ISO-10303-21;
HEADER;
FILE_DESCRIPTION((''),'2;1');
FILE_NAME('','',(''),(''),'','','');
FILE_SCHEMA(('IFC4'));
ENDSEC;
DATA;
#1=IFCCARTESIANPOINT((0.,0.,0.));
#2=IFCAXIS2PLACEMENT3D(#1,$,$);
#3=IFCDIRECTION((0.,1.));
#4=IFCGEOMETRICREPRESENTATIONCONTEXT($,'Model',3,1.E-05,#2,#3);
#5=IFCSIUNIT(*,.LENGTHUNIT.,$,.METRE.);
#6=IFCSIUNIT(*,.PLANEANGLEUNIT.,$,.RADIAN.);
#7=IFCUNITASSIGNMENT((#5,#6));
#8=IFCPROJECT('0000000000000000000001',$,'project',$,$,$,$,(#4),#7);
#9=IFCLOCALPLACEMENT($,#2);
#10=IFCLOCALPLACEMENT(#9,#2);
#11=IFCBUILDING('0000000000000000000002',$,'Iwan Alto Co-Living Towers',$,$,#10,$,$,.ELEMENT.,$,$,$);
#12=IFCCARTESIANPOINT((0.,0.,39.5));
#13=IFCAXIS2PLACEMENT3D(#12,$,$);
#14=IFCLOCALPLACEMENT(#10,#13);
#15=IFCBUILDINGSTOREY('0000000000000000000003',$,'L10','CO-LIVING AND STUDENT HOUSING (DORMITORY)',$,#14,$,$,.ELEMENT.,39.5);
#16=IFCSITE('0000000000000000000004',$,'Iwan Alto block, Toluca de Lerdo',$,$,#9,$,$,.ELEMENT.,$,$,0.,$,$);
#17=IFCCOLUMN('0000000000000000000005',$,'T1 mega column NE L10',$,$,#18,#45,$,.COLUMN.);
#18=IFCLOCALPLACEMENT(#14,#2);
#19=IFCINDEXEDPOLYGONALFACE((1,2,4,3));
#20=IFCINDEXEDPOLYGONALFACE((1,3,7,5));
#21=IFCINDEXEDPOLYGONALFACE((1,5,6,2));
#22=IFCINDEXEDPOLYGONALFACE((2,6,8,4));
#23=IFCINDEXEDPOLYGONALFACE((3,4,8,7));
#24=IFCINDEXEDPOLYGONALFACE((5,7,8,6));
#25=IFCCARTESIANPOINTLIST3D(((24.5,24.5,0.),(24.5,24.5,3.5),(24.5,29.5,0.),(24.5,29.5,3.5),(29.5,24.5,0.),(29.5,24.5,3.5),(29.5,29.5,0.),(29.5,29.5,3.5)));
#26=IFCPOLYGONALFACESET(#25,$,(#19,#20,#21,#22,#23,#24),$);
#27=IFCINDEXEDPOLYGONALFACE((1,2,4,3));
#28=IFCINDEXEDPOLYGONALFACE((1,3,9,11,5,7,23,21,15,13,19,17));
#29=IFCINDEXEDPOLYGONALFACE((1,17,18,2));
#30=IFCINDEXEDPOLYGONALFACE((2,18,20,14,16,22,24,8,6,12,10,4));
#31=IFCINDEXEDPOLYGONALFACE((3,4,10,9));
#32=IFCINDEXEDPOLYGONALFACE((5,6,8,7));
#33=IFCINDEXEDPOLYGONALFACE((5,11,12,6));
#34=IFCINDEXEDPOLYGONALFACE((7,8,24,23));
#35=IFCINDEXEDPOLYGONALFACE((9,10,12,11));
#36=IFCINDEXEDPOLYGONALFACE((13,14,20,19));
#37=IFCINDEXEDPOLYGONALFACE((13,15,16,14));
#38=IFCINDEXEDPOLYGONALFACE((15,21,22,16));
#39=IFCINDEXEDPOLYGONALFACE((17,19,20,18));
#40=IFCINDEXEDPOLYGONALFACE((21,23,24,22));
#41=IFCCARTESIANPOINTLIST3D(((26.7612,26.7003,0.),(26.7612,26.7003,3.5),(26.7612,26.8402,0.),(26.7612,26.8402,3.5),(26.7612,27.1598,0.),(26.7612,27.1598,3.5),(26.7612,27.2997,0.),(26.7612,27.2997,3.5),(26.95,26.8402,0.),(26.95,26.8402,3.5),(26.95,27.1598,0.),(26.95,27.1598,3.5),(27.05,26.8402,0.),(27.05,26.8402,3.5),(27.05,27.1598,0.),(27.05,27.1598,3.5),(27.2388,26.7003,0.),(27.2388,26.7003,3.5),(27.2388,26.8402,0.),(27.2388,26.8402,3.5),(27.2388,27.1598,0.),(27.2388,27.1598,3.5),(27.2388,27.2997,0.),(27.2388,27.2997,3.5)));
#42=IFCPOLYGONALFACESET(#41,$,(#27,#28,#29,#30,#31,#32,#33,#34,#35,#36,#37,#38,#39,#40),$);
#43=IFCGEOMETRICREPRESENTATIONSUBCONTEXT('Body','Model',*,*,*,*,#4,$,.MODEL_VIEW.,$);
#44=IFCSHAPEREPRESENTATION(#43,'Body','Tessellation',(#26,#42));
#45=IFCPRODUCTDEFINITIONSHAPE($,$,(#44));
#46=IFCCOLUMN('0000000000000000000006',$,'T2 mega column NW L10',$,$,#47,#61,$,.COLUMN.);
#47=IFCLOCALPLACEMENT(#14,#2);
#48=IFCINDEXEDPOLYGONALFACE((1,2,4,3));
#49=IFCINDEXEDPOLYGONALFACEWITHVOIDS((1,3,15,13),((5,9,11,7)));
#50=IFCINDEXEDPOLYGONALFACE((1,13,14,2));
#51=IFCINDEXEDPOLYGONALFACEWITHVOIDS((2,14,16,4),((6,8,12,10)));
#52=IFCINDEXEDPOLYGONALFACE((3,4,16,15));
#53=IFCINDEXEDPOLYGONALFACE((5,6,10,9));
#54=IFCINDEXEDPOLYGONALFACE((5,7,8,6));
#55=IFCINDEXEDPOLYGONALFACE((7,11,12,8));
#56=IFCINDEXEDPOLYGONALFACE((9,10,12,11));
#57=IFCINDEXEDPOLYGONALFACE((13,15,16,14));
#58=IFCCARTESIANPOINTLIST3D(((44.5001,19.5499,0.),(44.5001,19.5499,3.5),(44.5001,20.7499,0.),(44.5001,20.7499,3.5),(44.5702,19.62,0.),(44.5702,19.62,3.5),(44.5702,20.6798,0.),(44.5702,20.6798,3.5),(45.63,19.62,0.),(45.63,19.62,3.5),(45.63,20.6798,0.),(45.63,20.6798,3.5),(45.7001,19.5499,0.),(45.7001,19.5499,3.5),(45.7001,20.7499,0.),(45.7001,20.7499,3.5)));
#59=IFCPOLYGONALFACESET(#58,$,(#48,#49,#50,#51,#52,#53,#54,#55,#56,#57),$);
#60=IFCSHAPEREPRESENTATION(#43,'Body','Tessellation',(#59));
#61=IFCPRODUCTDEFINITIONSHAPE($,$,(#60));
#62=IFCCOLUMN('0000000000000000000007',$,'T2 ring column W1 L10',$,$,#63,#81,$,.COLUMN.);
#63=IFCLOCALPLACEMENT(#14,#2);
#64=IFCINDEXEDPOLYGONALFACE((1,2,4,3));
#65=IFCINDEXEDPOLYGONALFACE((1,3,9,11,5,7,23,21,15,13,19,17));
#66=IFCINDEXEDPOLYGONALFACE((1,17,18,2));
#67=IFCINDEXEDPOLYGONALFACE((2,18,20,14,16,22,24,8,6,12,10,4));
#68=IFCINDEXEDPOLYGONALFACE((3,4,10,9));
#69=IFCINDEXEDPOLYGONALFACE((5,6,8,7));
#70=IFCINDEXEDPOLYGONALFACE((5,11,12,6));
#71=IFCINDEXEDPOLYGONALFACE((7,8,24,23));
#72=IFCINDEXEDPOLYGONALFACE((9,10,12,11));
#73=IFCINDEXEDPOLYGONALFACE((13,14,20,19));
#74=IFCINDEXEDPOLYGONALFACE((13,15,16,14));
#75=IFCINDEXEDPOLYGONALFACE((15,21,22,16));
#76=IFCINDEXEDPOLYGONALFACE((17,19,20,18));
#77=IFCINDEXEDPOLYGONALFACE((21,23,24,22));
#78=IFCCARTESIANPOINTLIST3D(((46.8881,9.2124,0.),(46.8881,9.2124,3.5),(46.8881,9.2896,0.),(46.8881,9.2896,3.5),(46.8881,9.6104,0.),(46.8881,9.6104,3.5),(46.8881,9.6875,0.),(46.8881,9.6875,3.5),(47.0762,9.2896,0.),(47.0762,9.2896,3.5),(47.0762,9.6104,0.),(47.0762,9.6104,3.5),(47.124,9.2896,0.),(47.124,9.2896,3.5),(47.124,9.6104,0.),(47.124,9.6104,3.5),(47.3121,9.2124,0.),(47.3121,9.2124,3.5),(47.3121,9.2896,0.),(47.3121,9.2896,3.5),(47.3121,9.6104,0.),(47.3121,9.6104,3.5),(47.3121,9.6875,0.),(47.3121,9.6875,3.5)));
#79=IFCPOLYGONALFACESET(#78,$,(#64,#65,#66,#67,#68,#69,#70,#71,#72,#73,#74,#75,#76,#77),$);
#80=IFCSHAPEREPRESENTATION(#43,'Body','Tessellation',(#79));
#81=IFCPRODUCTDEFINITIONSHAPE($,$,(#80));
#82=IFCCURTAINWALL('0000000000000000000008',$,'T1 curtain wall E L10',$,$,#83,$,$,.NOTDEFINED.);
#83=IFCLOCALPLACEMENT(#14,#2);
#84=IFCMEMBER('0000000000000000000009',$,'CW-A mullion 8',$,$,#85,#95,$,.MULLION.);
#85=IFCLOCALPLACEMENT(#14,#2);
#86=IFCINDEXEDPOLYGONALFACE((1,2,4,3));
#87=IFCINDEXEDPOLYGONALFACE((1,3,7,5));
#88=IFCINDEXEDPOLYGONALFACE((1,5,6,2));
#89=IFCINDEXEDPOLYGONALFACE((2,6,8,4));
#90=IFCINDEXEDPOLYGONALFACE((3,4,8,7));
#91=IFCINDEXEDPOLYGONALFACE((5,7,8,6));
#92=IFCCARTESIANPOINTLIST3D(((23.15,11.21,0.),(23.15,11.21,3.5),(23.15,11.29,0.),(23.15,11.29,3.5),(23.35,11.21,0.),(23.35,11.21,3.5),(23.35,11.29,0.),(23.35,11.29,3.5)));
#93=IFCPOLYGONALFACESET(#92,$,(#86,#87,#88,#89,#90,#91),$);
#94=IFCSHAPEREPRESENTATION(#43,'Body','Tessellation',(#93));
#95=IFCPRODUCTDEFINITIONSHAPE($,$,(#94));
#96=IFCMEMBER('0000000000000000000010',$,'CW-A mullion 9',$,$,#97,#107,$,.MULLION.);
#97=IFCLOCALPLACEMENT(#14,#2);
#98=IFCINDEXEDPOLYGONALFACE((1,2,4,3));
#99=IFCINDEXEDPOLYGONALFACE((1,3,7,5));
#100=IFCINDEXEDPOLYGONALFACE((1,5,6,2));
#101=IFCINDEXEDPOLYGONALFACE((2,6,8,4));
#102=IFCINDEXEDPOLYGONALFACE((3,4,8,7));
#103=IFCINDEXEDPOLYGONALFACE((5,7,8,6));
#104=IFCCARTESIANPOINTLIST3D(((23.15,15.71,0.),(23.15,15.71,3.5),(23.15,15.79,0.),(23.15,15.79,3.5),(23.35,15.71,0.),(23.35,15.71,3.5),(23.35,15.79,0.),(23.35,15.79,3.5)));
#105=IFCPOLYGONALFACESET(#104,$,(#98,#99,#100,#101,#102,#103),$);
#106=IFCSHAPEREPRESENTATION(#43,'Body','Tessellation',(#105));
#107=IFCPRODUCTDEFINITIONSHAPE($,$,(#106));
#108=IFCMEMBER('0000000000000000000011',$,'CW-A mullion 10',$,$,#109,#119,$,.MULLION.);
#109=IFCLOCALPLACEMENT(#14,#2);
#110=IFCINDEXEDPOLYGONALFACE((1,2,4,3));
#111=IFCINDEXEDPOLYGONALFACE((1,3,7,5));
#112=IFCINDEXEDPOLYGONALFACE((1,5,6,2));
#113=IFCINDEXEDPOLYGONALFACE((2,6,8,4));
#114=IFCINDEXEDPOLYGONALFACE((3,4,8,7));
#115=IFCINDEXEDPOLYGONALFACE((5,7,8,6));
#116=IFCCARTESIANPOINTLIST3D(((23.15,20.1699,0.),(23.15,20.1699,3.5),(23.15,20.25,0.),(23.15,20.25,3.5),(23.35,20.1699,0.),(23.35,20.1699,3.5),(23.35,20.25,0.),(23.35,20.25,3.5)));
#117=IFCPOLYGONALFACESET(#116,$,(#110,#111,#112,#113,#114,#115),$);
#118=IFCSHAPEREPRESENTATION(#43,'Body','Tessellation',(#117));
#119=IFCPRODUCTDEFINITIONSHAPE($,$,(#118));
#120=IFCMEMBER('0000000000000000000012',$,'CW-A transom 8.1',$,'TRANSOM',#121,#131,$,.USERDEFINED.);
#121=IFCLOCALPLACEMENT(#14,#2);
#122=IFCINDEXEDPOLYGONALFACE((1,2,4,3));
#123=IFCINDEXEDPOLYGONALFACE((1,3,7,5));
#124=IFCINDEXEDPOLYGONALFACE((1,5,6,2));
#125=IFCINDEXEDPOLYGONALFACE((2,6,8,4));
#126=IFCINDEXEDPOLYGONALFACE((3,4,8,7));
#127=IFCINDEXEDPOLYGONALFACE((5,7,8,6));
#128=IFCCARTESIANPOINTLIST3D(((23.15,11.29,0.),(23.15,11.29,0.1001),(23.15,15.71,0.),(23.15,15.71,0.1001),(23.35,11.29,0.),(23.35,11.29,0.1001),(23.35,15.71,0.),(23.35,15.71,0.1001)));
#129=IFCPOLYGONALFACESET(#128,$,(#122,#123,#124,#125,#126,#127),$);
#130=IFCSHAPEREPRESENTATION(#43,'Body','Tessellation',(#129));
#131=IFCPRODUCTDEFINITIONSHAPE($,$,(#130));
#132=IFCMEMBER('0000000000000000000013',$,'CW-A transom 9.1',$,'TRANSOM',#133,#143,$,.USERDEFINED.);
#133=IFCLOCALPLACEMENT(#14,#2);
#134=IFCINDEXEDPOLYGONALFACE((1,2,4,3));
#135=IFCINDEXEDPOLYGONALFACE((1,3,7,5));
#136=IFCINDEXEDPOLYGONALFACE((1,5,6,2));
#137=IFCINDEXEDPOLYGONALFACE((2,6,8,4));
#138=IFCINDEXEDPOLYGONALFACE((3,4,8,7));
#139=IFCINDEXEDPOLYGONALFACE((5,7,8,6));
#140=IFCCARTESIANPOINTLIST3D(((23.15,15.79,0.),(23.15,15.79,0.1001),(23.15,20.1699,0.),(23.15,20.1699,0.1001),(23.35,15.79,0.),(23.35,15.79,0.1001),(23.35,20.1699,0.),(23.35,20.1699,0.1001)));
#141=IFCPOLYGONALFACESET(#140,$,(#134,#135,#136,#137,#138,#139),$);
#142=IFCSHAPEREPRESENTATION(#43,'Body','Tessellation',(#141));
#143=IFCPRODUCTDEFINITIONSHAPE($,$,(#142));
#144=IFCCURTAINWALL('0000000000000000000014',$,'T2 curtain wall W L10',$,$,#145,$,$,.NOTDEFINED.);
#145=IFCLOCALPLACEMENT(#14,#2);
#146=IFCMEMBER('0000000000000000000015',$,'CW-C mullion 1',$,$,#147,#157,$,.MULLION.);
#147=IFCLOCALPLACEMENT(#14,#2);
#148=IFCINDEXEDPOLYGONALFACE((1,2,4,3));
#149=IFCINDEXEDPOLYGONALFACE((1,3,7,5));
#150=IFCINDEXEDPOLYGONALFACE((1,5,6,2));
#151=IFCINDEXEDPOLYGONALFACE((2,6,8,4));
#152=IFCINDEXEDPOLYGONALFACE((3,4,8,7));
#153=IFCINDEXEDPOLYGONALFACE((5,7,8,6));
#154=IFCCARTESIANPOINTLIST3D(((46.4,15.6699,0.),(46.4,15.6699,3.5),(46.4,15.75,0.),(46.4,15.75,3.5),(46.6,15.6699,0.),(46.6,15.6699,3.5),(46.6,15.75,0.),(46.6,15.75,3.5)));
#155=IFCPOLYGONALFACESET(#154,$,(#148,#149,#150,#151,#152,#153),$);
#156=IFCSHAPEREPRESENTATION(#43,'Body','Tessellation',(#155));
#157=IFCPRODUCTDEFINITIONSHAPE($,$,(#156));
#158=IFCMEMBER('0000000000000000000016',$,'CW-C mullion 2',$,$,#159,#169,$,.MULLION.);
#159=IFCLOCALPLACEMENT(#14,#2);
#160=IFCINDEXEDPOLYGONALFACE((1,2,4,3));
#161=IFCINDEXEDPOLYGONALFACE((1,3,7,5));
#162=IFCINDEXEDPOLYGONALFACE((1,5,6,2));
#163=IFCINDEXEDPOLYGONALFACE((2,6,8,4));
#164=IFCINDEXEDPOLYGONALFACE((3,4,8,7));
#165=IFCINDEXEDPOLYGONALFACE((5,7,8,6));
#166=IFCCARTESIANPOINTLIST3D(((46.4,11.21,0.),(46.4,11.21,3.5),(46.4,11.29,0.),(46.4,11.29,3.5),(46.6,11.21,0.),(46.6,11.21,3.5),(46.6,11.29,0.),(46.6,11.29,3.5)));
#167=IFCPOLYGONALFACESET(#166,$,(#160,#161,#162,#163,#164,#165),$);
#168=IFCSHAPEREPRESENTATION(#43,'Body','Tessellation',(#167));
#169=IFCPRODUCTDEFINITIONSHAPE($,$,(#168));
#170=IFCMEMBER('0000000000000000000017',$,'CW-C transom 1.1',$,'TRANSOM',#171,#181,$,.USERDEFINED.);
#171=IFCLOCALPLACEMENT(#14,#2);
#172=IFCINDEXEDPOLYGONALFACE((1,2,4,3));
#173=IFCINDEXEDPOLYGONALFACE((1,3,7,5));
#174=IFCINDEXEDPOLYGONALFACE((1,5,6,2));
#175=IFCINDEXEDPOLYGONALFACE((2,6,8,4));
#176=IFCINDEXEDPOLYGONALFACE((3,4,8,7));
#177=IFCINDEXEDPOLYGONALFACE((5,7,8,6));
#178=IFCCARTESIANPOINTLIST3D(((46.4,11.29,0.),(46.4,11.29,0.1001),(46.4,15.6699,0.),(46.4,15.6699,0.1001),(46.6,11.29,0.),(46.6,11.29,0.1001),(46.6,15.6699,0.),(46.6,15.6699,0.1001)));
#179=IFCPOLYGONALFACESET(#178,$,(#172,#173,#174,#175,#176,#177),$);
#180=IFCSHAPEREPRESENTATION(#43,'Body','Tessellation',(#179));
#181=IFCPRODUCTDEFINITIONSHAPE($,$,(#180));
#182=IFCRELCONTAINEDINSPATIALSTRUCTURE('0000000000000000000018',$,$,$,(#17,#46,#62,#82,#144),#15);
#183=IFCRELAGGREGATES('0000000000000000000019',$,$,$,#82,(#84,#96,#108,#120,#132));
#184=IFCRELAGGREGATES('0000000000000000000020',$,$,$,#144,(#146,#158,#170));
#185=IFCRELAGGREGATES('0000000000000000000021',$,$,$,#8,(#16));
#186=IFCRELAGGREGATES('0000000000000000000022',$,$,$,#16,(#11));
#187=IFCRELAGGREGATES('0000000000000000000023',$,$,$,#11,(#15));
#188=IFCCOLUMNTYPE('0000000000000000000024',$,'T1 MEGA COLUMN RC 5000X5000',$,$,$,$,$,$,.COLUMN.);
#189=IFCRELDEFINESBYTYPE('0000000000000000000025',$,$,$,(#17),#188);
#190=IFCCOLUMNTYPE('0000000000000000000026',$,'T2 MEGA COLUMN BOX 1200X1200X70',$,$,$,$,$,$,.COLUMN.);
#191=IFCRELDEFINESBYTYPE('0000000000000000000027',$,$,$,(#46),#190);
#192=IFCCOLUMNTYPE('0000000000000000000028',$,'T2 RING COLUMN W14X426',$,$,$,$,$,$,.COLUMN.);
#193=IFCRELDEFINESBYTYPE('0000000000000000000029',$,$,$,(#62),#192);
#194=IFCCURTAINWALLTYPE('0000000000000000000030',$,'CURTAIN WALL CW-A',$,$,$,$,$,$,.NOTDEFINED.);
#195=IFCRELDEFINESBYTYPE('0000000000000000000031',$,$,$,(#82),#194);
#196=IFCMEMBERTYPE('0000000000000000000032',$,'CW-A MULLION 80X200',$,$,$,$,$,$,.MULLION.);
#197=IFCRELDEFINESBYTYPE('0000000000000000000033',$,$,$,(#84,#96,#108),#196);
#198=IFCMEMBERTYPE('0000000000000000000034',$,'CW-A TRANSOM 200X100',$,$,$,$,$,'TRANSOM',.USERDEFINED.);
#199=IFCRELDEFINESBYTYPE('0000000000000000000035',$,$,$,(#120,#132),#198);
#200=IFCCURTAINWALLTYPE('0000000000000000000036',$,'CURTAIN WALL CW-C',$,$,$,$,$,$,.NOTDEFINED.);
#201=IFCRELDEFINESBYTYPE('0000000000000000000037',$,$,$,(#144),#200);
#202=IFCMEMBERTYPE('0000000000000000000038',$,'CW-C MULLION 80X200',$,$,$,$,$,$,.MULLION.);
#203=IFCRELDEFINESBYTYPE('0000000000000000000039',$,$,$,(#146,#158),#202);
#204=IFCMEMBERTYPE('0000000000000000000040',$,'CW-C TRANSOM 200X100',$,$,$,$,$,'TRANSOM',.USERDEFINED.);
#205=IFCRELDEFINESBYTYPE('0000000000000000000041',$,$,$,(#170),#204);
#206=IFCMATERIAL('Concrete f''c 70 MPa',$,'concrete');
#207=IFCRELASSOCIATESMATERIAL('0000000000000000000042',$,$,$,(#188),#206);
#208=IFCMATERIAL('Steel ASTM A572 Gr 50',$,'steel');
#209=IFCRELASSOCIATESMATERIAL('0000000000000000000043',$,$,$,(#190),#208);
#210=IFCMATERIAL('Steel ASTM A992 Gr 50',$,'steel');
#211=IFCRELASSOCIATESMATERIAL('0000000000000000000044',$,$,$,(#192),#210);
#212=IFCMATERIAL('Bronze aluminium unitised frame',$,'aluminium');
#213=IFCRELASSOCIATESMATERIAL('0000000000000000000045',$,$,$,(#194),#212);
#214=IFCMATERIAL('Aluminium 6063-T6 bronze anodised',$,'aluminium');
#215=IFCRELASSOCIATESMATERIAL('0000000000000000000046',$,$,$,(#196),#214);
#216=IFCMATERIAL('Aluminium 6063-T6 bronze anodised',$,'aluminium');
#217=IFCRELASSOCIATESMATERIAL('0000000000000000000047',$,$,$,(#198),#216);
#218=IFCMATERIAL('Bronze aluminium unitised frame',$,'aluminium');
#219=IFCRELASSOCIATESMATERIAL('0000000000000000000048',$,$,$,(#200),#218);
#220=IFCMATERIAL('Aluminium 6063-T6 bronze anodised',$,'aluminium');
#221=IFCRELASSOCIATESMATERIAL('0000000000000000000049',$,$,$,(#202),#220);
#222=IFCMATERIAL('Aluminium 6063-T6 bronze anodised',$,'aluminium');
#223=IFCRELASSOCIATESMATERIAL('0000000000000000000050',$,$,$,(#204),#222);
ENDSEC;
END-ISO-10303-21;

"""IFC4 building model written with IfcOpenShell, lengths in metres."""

from ifc_helpers import new_model, si_unit, direction, frame, origin, origin_2d, place, context, subcontext, project, spatial, rectangle, hollow_rectangle, i_section, extrude, material, material_profile, profile_set, type_object, element, aggregate, save


model = new_model("IFC4")

# Units and contexts
model_context = context("Model", 3, precision=1e-05, world=origin(), true_north=direction((0.0, 1.0)))
body_context = subcontext(model_context, "Body", "Model", "MODEL_VIEW")
ifc_project = project(units=[si_unit("LENGTHUNIT", "METRE"), si_unit("PLANEANGLEUNIT", "RADIAN")], contexts=[model_context])

# Site, building, storey
site_placement = place(None, origin())
site = spatial("IfcSite", under=ifc_project, at=site_placement, Name="Iwan Alto block, Toluca de Lerdo", CompositionType="ELEMENT", RefElevation=0.0)
building_placement = place(site_placement, origin())
building = spatial("IfcBuilding", under=site, at=building_placement, Name="Iwan Alto Co-Living Towers", CompositionType="ELEMENT")
storey_placement = place(building_placement, frame((0.0, 0.0, 39.5)))
storey = spatial("IfcBuildingStorey", under=building, at=storey_placement, Name="L10", Description="CO-LIVING AND STUDENT HOUSING (DORMITORY)", CompositionType="ELEMENT", Elevation=39.5)

# Columns
ifc_material_1 = material(Name="Concrete f'c 70 MPa", Category="concrete")
ifc_material_profile_1 = material_profile(ifc_material_1, rectangle(XDim=5.0, YDim=5.0, at=origin_2d()), Name="RC 5000X5000")
ifc_profile_set_1 = profile_set([ifc_material_profile_1], Name="Concrete f'c 70 MPa")
column_type_1 = type_object("IfcColumnType", Name="T1 MEGA COLUMN RC 5000X5000", PredefinedType="COLUMN", material=ifc_profile_set_1)
column_1_placement = place(storey_placement, frame((27.0, 27.0, 0.0), z_axis=(0.0, 0.0, 1.0), x_axis=(1.0, 0.0, 0.0)))
element("IfcColumn", 1, at=column_1_placement, inside=storey, type_object=column_type_1, Name="T1 mega column NE L10", PredefinedType="COLUMN", context=body_context, shape_type="SweptSolid", body=[
    extrude(rectangle(XDim=5.0, YDim=5.0, at=origin_2d()), origin(), (0.0, 0.0, 1.0), 3.5),
    extrude(i_section(OverallWidth=0.4775, OverallDepth=0.5994, WebThickness=0.1001, FlangeThickness=0.1399, at=origin_2d()), origin(), (0.0, 0.0, 1.0), 3.5),
])
ifc_material_2 = material(Name="Steel ASTM A572 Gr 50", Category="steel")
ifc_material_profile_2 = material_profile(ifc_material_2, hollow_rectangle(XDim=1.2, YDim=1.2, WallThickness=0.0701, at=origin_2d()), Name="BOX 1200X1200X70")
ifc_profile_set_2 = profile_set([ifc_material_profile_2], Name="Steel ASTM A572 Gr 50")
column_type_2 = type_object("IfcColumnType", Name="T2 MEGA COLUMN BOX 1200X1200X70", PredefinedType="COLUMN", material=ifc_profile_set_2)
column_2_placement = place(storey_placement, frame((45.1001, 20.1499, 0.0), z_axis=(0.0, 0.0, 1.0), x_axis=(1.0, 0.0, 0.0)))
element("IfcColumn", 2, at=column_2_placement, inside=storey, type_object=column_type_2, Name="T2 mega column NW L10", PredefinedType="COLUMN", context=body_context, shape_type="SweptSolid", body=[
    extrude(hollow_rectangle(XDim=1.2, YDim=1.2, WallThickness=0.0701, at=origin_2d()), origin(), (0.0, 0.0, 1.0), 3.5),
])
ifc_material_3 = material(Name="Steel ASTM A992 Gr 50", Category="steel")
ifc_material_profile_3 = material_profile(ifc_material_3, i_section(OverallWidth=0.4241, OverallDepth=0.4751, WebThickness=0.0479, FlangeThickness=0.0771, at=origin_2d()), Name="W14X426")
ifc_profile_set_3 = profile_set([ifc_material_profile_3], Name="Steel ASTM A992 Gr 50")
column_type_3 = type_object("IfcColumnType", Name="T2 RING COLUMN W14X426", PredefinedType="COLUMN", material=ifc_profile_set_3)
column_3_placement = place(storey_placement, frame((47.1001, 9.45, 0.0), z_axis=(0.0, 0.0, 1.0), x_axis=(1.0, 0.0, 0.0)))
element("IfcColumn", 3, at=column_3_placement, inside=storey, type_object=column_type_3, Name="T2 ring column W1 L10", PredefinedType="COLUMN", context=body_context, shape_type="SweptSolid", body=[
    extrude(i_section(OverallWidth=0.4241, OverallDepth=0.4751, WebThickness=0.0479, FlangeThickness=0.0771, at=origin_2d()), origin(), (0.0, 0.0, 1.0), 3.5),
])

# Curtain walls, members
ifc_material_4 = material(Name="Bronze aluminium unitised frame", Category="aluminium")
curtain_wall_type_1 = type_object("IfcCurtainWallType", Name="CURTAIN WALL CW-A", PredefinedType="NOTDEFINED", material=ifc_material_4)
curtain_wall_1_placement = place(storey_placement, origin())
curtain_wall_1 = element("IfcCurtainWall", 4, at=curtain_wall_1_placement, inside=storey, type_object=curtain_wall_type_1, Name="T1 curtain wall E L10", PredefinedType="NOTDEFINED")
ifc_material_5 = material(Name="Aluminium 6063-T6 bronze anodised", Category="aluminium")
ifc_material_profile_4 = material_profile(ifc_material_5, rectangle(XDim=0.2, YDim=0.0801, at=origin_2d()), Name="AL 80X200")
ifc_profile_set_4 = profile_set([ifc_material_profile_4], Name="Aluminium 6063-T6 bronze anodised")
member_type_1 = type_object("IfcMemberType", Name="CW-A MULLION 80X200", PredefinedType="MULLION", material=ifc_profile_set_4)
member_1_placement = place(storey_placement, frame((23.25, 11.25, 0.0), z_axis=(0.0, 0.0, 1.0), x_axis=(-1.0, 0.0, 0.0)))
member_1 = element("IfcMember", 5, at=member_1_placement, type_object=member_type_1, Name="CW-A mullion 8", PredefinedType="MULLION", context=body_context, shape_type="SweptSolid", body=[
    extrude(rectangle(XDim=0.2, YDim=0.0801, at=origin_2d()), origin(), (0.0, 0.0, 1.0), 3.5),
])
member_2_placement = place(storey_placement, frame((23.25, 15.75, 0.0), z_axis=(0.0, 0.0, 1.0), x_axis=(-1.0, 0.0, 0.0)))
member_2 = element("IfcMember", 6, at=member_2_placement, type_object=member_type_1, Name="CW-A mullion 9", PredefinedType="MULLION", context=body_context, shape_type="SweptSolid", body=[
    extrude(rectangle(XDim=0.2, YDim=0.0801, at=origin_2d()), origin(), (0.0, 0.0, 1.0), 3.5),
])
member_3_placement = place(storey_placement, frame((23.25, 20.21, 0.0), z_axis=(0.0, 0.0, 1.0), x_axis=(-1.0, 0.0, 0.0)))
member_3 = element("IfcMember", 7, at=member_3_placement, type_object=member_type_1, Name="CW-A mullion 10", PredefinedType="MULLION", context=body_context, shape_type="SweptSolid", body=[
    extrude(rectangle(XDim=0.2, YDim=0.0801, at=origin_2d()), origin(), (0.0, 0.0, 1.0), 3.5),
])
ifc_material_6 = material(Name="Aluminium 6063-T6 bronze anodised", Category="aluminium")
ifc_material_profile_5 = material_profile(ifc_material_6, rectangle(XDim=0.2, YDim=0.1001, at=origin_2d()), Name="AL 200X100")
ifc_profile_set_5 = profile_set([ifc_material_profile_5], Name="Aluminium 6063-T6 bronze anodised")
member_type_2 = type_object("IfcMemberType", Name="CW-A TRANSOM 200X100", ElementType="TRANSOM", PredefinedType="USERDEFINED", material=ifc_profile_set_5)
member_4_placement = place(storey_placement, frame((23.25, 11.29, 0.05), z_axis=(0.0, 1.0, 0.0), x_axis=(-1.0, 0.0, 0.0)))
member_4 = element("IfcMember", 8, at=member_4_placement, type_object=member_type_2, Name="CW-A transom 8.1", ObjectType="TRANSOM", PredefinedType="USERDEFINED", context=body_context, shape_type="SweptSolid", body=[
    extrude(rectangle(XDim=0.2, YDim=0.1001, at=origin_2d()), origin(), (0.0, 0.0, 1.0), 4.4199),
])
member_5_placement = place(storey_placement, frame((23.25, 15.79, 0.05), z_axis=(0.0, 1.0, 0.0), x_axis=(-1.0, 0.0, 0.0)))
member_5 = element("IfcMember", 9, at=member_5_placement, type_object=member_type_2, Name="CW-A transom 9.1", ObjectType="TRANSOM", PredefinedType="USERDEFINED", context=body_context, shape_type="SweptSolid", body=[
    extrude(rectangle(XDim=0.2, YDim=0.1001, at=origin_2d()), origin(), (0.0, 0.0, 1.0), 4.3799),
])
ifc_material_7 = material(Name="Bronze aluminium unitised frame", Category="aluminium")
curtain_wall_type_2 = type_object("IfcCurtainWallType", Name="CURTAIN WALL CW-C", PredefinedType="NOTDEFINED", material=ifc_material_7)
curtain_wall_2_placement = place(storey_placement, origin())
curtain_wall_2 = element("IfcCurtainWall", 10, at=curtain_wall_2_placement, inside=storey, type_object=curtain_wall_type_2, Name="T2 curtain wall W L10", PredefinedType="NOTDEFINED")
ifc_material_8 = material(Name="Aluminium 6063-T6 bronze anodised", Category="aluminium")
ifc_material_profile_6 = material_profile(ifc_material_8, rectangle(XDim=0.2, YDim=0.0801, at=origin_2d()), Name="AL 80X200")
ifc_profile_set_6 = profile_set([ifc_material_profile_6], Name="Aluminium 6063-T6 bronze anodised")
member_type_3 = type_object("IfcMemberType", Name="CW-C MULLION 80X200", PredefinedType="MULLION", material=ifc_profile_set_6)
member_6_placement = place(storey_placement, frame((46.5, 15.71, 0.0), z_axis=(0.0, 0.0, 1.0), x_axis=(1.0, 0.0, 0.0)))
member_6 = element("IfcMember", 11, at=member_6_placement, type_object=member_type_3, Name="CW-C mullion 1", PredefinedType="MULLION", context=body_context, shape_type="SweptSolid", body=[
    extrude(rectangle(XDim=0.2, YDim=0.0801, at=origin_2d()), origin(), (0.0, 0.0, 1.0), 3.5),
])
member_7_placement = place(storey_placement, frame((46.5, 11.25, 0.0), z_axis=(0.0, 0.0, 1.0), x_axis=(1.0, 0.0, 0.0)))
member_7 = element("IfcMember", 12, at=member_7_placement, type_object=member_type_3, Name="CW-C mullion 2", PredefinedType="MULLION", context=body_context, shape_type="SweptSolid", body=[
    extrude(rectangle(XDim=0.2, YDim=0.0801, at=origin_2d()), origin(), (0.0, 0.0, 1.0), 3.5),
])
ifc_material_9 = material(Name="Aluminium 6063-T6 bronze anodised", Category="aluminium")
ifc_material_profile_7 = material_profile(ifc_material_9, rectangle(XDim=0.2, YDim=0.1001, at=origin_2d()), Name="AL 200X100")
ifc_profile_set_7 = profile_set([ifc_material_profile_7], Name="Aluminium 6063-T6 bronze anodised")
member_type_4 = type_object("IfcMemberType", Name="CW-C TRANSOM 200X100", ElementType="TRANSOM", PredefinedType="USERDEFINED", material=ifc_profile_set_7)
member_8_placement = place(storey_placement, frame((46.5, 15.6699, 0.05), z_axis=(0.0, -1.0, 0.0), x_axis=(1.0, 0.0, 0.0)))
member_8 = element("IfcMember", 13, at=member_8_placement, type_object=member_type_4, Name="CW-C transom 1.1", ObjectType="TRANSOM", PredefinedType="USERDEFINED", context=body_context, shape_type="SweptSolid", body=[
    extrude(rectangle(XDim=0.2, YDim=0.1001, at=origin_2d()), origin(), (0.0, 0.0, 1.0), 4.3799),
])

aggregate(curtain_wall_1, [member_1, member_2, member_3, member_4, member_5])
aggregate(curtain_wall_2, [member_6, member_7, member_8])

save(model, "model.ifc")
